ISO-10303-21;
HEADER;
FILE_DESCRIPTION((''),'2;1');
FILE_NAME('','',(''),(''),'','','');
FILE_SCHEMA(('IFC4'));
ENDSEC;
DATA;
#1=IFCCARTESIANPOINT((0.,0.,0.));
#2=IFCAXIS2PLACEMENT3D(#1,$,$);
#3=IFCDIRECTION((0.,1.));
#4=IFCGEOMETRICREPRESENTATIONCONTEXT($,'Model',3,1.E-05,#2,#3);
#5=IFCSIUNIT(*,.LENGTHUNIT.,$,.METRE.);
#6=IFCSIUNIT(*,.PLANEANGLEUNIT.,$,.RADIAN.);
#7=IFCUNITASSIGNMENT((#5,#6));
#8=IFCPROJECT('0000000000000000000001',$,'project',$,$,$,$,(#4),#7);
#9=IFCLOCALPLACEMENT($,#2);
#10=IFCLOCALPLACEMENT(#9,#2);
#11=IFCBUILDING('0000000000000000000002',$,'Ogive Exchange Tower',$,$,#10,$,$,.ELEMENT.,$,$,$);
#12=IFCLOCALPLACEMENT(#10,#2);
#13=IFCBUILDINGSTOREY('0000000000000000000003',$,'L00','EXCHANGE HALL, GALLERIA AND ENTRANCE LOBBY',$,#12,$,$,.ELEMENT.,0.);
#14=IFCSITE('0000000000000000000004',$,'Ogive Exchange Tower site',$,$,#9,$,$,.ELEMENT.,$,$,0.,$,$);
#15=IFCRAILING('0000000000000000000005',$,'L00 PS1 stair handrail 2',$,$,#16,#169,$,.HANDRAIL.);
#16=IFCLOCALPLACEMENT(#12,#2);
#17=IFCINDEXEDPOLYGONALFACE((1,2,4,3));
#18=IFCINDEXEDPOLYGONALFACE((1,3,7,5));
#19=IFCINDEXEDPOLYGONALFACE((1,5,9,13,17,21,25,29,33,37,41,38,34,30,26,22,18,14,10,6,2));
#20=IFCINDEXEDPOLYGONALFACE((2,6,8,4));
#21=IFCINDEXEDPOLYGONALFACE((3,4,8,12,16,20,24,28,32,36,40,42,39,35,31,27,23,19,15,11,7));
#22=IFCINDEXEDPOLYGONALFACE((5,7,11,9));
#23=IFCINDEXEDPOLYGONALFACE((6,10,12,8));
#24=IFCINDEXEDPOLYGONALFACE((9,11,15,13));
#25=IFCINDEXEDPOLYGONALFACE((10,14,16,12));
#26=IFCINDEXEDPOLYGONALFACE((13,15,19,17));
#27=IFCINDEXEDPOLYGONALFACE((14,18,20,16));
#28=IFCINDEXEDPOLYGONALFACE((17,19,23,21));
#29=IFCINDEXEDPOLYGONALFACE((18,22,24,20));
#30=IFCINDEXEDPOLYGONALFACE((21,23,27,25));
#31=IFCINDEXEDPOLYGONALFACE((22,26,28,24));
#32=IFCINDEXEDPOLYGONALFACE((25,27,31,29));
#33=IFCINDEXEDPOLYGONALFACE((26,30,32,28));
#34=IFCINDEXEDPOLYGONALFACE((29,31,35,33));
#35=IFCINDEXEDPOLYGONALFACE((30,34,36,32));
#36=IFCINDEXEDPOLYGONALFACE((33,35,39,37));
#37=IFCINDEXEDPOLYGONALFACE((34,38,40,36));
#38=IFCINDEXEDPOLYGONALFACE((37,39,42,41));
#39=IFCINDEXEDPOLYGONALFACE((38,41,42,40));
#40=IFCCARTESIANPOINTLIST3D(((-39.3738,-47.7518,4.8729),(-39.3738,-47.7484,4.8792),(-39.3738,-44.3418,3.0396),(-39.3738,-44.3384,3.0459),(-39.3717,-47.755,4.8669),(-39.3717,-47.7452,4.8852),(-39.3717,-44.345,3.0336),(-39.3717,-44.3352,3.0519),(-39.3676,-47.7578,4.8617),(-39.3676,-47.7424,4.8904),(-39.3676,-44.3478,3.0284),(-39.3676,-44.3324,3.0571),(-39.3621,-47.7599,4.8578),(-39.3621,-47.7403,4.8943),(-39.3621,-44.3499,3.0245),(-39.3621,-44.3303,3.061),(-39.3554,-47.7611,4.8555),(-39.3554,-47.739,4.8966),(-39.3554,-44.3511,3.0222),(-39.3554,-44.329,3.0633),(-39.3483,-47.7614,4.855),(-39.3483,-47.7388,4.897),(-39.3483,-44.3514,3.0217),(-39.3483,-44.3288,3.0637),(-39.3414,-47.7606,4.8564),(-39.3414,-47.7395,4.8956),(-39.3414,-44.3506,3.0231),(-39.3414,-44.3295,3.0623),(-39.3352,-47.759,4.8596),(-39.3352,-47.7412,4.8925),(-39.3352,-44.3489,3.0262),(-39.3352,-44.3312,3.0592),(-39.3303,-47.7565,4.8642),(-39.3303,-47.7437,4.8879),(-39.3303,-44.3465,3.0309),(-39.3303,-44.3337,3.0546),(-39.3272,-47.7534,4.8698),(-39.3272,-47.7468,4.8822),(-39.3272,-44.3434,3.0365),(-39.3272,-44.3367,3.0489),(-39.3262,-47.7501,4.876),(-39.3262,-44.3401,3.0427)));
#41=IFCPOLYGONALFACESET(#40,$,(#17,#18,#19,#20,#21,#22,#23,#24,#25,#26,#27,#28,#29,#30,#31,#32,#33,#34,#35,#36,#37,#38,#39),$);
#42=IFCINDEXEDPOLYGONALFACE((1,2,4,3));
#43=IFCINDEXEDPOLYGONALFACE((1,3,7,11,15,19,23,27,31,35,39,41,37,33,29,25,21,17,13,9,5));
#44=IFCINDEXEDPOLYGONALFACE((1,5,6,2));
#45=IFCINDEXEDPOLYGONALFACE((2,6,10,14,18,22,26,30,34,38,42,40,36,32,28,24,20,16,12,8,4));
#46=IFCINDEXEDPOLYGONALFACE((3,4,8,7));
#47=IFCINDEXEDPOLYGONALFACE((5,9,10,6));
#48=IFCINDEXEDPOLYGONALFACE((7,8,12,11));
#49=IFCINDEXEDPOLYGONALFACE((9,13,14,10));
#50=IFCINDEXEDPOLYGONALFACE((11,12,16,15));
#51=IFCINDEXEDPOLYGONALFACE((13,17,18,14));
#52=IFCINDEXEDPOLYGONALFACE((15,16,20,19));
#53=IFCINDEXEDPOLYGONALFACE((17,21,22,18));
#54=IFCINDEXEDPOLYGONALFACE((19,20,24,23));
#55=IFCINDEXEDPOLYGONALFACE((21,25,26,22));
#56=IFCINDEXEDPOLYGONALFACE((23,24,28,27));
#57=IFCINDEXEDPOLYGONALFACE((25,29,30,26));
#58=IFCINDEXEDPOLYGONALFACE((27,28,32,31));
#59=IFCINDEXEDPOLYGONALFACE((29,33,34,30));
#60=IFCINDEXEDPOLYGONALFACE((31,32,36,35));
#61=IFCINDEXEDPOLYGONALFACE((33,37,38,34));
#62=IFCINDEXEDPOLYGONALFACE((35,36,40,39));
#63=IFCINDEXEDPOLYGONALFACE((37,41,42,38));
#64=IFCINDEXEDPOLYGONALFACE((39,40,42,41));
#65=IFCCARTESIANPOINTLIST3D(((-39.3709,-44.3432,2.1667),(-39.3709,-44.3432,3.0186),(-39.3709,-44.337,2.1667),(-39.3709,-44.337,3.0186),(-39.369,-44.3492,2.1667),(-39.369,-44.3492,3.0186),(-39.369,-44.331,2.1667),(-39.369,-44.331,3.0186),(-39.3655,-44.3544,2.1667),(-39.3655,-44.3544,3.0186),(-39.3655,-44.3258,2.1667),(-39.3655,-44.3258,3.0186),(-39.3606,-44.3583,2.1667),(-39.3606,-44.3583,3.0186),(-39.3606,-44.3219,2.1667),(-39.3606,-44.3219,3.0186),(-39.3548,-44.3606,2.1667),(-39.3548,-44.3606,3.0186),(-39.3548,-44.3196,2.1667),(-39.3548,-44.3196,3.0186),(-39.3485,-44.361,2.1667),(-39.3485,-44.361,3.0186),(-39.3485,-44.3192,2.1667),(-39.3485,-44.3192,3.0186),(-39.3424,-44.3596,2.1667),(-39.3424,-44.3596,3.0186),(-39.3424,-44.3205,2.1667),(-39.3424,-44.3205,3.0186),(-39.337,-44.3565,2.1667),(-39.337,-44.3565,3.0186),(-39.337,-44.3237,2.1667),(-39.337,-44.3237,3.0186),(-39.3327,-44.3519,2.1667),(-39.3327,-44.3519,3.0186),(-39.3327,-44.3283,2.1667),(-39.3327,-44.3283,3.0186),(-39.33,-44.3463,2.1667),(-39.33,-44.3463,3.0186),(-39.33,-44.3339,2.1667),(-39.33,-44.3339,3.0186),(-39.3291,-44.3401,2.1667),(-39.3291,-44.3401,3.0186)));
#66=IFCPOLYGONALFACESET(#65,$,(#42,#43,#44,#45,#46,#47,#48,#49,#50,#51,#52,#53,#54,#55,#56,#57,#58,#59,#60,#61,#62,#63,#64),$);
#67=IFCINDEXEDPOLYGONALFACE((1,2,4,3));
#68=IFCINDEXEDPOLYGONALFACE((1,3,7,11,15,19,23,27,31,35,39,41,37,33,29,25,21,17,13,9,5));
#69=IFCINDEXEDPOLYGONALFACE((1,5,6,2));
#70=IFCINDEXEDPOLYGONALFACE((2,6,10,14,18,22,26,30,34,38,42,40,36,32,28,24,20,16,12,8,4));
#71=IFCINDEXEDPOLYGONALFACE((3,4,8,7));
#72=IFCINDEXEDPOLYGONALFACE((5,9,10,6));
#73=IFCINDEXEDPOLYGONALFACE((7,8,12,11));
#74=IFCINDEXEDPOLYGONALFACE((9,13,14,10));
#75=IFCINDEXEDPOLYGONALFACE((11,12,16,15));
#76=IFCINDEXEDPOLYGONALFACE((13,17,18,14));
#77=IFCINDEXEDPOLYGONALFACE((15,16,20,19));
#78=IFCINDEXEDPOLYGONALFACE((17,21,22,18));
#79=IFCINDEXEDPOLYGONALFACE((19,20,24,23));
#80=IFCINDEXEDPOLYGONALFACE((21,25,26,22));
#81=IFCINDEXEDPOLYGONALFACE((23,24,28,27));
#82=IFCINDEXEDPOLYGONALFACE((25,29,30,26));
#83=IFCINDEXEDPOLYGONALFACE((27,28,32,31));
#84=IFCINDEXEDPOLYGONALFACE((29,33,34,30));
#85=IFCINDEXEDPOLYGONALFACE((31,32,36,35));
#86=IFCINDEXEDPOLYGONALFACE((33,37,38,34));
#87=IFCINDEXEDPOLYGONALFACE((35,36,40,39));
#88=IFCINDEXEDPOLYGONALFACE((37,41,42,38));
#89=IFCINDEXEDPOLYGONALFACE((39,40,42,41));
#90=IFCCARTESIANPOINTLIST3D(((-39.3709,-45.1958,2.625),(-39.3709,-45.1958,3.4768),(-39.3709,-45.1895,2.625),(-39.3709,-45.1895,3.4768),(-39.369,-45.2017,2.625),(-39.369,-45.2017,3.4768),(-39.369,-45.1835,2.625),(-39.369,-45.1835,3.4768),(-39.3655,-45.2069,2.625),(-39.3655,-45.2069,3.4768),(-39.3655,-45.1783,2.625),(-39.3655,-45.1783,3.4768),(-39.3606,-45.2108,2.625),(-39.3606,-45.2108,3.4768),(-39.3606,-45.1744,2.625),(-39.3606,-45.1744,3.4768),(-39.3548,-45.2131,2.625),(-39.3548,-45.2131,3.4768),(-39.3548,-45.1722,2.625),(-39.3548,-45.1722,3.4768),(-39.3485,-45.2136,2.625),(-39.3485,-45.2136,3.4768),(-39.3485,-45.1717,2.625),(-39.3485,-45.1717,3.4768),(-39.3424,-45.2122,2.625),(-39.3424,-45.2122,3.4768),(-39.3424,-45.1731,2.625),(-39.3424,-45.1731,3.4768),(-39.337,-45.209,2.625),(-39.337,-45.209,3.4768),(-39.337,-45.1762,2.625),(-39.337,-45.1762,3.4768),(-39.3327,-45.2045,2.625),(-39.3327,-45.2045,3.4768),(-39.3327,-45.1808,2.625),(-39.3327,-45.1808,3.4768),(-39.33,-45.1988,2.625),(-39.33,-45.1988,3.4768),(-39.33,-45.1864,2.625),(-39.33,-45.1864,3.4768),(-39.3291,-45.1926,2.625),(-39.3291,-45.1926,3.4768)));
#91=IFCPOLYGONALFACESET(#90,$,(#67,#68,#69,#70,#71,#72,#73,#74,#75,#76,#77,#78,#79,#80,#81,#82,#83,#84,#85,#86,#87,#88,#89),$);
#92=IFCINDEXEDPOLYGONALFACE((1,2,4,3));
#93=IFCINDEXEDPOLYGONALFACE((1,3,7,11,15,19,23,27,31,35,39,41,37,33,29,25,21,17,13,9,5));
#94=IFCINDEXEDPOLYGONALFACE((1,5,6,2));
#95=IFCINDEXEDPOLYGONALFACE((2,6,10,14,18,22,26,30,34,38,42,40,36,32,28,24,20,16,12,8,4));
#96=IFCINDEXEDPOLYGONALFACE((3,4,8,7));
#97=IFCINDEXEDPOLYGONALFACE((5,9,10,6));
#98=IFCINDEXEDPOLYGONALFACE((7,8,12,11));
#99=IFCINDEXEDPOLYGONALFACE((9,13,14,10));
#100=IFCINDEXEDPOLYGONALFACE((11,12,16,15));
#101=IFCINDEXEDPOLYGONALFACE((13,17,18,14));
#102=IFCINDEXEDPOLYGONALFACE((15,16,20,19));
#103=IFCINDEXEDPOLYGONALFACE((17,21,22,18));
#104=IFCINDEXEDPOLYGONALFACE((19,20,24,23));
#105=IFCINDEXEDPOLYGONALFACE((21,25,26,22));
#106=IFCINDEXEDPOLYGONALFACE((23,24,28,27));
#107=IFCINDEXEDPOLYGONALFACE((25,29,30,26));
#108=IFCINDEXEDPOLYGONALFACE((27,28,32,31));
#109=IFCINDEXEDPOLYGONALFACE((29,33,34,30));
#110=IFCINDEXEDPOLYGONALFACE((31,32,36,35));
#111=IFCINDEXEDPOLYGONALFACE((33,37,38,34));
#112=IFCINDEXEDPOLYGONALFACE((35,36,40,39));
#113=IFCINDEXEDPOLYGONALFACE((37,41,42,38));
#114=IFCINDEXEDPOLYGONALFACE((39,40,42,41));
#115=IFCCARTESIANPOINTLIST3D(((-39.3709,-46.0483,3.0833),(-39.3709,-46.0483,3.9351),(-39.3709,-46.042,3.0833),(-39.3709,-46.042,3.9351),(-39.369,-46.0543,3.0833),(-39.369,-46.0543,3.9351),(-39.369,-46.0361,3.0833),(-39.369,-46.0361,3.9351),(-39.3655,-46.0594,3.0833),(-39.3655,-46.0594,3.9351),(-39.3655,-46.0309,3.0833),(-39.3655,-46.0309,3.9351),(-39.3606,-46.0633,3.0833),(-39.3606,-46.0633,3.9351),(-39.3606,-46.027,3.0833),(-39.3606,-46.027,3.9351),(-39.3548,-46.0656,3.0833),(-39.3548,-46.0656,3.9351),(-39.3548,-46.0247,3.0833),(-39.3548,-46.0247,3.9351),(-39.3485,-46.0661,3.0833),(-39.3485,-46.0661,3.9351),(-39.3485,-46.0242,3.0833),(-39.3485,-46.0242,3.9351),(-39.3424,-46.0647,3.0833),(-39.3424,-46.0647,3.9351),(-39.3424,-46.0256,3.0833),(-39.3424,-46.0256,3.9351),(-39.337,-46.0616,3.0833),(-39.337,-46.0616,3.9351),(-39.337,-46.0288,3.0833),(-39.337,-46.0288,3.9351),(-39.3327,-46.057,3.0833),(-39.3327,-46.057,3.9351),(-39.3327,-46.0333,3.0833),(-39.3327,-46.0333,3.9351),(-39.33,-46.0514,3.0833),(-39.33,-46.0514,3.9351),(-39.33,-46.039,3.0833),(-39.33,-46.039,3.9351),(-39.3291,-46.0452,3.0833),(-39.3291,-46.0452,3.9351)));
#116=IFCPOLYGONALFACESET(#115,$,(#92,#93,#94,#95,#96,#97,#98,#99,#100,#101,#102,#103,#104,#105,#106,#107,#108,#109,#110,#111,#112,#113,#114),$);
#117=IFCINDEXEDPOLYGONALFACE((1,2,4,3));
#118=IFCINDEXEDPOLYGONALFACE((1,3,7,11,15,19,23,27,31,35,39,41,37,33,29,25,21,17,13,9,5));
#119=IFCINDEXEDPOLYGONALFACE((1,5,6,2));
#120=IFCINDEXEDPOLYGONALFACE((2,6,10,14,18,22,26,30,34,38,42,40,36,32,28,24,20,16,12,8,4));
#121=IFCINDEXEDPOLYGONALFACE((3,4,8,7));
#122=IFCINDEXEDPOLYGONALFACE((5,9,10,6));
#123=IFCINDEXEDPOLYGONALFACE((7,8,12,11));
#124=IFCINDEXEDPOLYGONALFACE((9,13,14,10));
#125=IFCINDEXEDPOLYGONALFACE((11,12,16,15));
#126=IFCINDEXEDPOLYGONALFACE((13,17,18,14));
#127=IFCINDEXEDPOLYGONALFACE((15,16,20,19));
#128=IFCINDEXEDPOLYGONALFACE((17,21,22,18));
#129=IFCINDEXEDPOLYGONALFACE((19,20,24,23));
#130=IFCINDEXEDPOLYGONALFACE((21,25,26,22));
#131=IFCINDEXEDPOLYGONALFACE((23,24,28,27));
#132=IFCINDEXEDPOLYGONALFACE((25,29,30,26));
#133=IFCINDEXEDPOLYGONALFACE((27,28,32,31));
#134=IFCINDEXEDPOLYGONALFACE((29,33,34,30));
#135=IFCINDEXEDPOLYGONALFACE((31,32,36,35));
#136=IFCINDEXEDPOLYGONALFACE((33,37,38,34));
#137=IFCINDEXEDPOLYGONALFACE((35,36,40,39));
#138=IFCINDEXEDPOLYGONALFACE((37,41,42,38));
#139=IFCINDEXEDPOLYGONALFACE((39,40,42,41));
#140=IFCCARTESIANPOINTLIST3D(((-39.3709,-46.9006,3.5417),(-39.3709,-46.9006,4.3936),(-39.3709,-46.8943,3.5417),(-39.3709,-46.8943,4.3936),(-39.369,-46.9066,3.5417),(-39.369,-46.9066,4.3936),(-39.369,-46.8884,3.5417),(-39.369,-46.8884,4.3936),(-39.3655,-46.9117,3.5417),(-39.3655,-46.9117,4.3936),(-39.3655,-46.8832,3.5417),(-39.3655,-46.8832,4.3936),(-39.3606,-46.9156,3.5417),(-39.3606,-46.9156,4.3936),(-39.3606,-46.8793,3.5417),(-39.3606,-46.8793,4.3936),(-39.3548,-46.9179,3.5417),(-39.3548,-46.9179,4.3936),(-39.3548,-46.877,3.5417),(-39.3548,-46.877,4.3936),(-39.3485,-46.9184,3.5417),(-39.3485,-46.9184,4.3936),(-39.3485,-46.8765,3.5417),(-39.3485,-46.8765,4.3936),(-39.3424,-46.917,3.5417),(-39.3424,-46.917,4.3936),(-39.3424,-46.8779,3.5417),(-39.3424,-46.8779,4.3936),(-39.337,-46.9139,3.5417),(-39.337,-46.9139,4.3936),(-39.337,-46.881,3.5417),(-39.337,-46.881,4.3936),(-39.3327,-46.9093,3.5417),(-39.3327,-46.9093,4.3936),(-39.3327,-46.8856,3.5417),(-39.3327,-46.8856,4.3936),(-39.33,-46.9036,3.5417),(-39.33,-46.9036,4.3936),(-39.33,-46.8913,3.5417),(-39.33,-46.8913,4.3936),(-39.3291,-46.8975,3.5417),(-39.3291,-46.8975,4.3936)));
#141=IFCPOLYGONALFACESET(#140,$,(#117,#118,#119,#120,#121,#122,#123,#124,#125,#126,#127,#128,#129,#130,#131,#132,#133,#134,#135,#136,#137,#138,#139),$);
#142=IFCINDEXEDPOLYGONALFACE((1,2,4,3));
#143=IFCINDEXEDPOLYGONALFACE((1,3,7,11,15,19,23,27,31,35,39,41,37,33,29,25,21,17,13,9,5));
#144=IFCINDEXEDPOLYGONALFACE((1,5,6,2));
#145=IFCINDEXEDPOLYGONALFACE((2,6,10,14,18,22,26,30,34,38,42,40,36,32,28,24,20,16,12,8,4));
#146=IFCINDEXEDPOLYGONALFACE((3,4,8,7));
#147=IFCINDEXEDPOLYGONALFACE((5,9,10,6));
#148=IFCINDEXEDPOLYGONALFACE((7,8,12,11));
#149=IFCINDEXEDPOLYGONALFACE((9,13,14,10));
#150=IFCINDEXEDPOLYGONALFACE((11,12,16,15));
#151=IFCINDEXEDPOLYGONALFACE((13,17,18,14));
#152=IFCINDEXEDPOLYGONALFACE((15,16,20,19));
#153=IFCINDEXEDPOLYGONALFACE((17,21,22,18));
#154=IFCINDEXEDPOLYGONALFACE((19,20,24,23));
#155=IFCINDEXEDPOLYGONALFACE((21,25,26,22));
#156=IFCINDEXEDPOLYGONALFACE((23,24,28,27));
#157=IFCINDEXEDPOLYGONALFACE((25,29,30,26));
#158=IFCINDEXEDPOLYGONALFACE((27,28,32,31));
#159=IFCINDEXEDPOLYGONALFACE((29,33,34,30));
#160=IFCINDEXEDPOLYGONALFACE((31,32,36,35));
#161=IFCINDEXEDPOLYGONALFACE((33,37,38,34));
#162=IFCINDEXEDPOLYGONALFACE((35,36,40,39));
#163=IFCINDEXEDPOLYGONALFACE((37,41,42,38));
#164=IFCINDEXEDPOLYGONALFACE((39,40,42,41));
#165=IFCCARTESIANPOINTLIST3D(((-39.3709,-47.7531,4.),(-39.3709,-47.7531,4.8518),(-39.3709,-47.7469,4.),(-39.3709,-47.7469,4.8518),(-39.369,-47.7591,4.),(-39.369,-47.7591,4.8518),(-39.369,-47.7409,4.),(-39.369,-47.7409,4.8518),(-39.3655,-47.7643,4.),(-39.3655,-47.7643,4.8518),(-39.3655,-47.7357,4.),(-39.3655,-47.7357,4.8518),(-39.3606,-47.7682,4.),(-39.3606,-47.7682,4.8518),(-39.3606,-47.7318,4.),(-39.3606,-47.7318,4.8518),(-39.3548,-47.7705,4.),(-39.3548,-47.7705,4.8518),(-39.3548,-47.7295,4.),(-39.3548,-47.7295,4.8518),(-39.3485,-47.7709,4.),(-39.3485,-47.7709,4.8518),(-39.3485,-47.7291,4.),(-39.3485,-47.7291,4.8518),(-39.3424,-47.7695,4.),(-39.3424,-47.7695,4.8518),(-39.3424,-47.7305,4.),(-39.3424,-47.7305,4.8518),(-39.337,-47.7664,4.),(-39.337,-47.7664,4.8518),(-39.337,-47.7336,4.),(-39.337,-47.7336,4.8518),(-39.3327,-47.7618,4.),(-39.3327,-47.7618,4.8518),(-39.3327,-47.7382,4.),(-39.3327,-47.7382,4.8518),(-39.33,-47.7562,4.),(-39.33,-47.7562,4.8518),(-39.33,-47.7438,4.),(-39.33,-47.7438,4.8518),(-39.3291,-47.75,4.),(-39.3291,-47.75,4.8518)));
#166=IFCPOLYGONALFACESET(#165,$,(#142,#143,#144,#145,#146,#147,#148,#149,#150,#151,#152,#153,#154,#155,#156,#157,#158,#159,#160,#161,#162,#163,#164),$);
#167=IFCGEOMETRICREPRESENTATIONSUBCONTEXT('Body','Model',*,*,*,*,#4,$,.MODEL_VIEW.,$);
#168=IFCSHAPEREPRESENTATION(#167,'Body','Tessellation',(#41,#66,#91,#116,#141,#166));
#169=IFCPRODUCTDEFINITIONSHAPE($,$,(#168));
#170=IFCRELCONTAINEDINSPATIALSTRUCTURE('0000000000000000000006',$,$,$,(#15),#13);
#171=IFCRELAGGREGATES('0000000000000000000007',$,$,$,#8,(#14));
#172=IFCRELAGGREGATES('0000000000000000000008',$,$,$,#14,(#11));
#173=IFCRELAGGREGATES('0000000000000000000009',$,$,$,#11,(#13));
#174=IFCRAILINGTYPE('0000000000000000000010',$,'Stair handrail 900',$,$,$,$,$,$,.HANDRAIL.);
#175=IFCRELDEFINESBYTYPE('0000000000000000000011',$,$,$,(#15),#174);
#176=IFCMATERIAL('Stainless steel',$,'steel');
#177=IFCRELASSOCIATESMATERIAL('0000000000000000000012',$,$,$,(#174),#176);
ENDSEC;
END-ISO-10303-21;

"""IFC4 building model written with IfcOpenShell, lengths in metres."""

from ifc_helpers import new_model, si_unit, direction, frame, origin, origin_2d, place, context, subcontext, project, spatial, circle, extrude, material, type_object, element, save


model = new_model("IFC4")

# Units and contexts
model_context = context("Model", 3, precision=1e-05, world=origin(), true_north=direction((0.0, 1.0)))
body_context = subcontext(model_context, "Body", "Model", "MODEL_VIEW")
ifc_project = project(units=[si_unit("LENGTHUNIT", "METRE"), si_unit("PLANEANGLEUNIT", "RADIAN")], contexts=[model_context])

# Site, building, storey
site_placement = place(None, origin())
site = spatial("IfcSite", under=ifc_project, at=site_placement, Name="Ogive Exchange Tower site", CompositionType="ELEMENT", RefElevation=0.0)
building_placement = place(site_placement, origin())
building = spatial("IfcBuilding", under=site, at=building_placement, Name="Ogive Exchange Tower", CompositionType="ELEMENT")
storey_placement = place(building_placement, origin())
storey = spatial("IfcBuildingStorey", under=building, at=storey_placement, Name="L00", Description="EXCHANGE HALL, GALLERIA AND ENTRANCE LOBBY", CompositionType="ELEMENT", Elevation=0.0)

# Railing
ifc_material_1 = material(Name="Stainless steel", Category="steel")
railing_type = type_object("IfcRailingType", Name="Stair handrail 900", PredefinedType="HANDRAIL", material=ifc_material_1)
railing_1_placement = place(storey_placement, frame((-39.3501, -44.3401, 2.1667)))
element("IfcRailing", 1, at=railing_1_placement, inside=storey, type_object=railing_type, Name="L00 PS1 stair handrail 2", PredefinedType="HANDRAIL", context=body_context, shape_type="SweptSolid", body=[
    extrude(circle(Radius=0.0239, at=origin_2d()), frame((0.0, 0.0, 0.876), z_axis=(0.0, -0.880779, 0.473528), x_axis=(1.0, 0.0, 0.0)), (0.0, 0.0, 1.0), 3.8716),
    extrude(circle(Radius=0.021, at=origin_2d()), origin(), (0.0, 0.0, 1.0), 0.8518),
    extrude(circle(Radius=0.021, at=origin_2d()), frame((0.0, -0.8525, 0.4583)), (0.0, 0.0, 1.0), 0.8518),
    extrude(circle(Radius=0.021, at=origin_2d()), frame((0.0, -1.7051, 0.9165)), (0.0, 0.0, 1.0), 0.8518),
    extrude(circle(Radius=0.021, at=origin_2d()), frame((0.0, -2.5574, 1.375)), (0.0, 0.0, 1.0), 0.8518),
    extrude(circle(Radius=0.021, at=origin_2d()), frame((0.0, -3.4099, 1.8333)), (0.0, 0.0, 1.0), 0.8518),
])

save(model, "model.ifc")
